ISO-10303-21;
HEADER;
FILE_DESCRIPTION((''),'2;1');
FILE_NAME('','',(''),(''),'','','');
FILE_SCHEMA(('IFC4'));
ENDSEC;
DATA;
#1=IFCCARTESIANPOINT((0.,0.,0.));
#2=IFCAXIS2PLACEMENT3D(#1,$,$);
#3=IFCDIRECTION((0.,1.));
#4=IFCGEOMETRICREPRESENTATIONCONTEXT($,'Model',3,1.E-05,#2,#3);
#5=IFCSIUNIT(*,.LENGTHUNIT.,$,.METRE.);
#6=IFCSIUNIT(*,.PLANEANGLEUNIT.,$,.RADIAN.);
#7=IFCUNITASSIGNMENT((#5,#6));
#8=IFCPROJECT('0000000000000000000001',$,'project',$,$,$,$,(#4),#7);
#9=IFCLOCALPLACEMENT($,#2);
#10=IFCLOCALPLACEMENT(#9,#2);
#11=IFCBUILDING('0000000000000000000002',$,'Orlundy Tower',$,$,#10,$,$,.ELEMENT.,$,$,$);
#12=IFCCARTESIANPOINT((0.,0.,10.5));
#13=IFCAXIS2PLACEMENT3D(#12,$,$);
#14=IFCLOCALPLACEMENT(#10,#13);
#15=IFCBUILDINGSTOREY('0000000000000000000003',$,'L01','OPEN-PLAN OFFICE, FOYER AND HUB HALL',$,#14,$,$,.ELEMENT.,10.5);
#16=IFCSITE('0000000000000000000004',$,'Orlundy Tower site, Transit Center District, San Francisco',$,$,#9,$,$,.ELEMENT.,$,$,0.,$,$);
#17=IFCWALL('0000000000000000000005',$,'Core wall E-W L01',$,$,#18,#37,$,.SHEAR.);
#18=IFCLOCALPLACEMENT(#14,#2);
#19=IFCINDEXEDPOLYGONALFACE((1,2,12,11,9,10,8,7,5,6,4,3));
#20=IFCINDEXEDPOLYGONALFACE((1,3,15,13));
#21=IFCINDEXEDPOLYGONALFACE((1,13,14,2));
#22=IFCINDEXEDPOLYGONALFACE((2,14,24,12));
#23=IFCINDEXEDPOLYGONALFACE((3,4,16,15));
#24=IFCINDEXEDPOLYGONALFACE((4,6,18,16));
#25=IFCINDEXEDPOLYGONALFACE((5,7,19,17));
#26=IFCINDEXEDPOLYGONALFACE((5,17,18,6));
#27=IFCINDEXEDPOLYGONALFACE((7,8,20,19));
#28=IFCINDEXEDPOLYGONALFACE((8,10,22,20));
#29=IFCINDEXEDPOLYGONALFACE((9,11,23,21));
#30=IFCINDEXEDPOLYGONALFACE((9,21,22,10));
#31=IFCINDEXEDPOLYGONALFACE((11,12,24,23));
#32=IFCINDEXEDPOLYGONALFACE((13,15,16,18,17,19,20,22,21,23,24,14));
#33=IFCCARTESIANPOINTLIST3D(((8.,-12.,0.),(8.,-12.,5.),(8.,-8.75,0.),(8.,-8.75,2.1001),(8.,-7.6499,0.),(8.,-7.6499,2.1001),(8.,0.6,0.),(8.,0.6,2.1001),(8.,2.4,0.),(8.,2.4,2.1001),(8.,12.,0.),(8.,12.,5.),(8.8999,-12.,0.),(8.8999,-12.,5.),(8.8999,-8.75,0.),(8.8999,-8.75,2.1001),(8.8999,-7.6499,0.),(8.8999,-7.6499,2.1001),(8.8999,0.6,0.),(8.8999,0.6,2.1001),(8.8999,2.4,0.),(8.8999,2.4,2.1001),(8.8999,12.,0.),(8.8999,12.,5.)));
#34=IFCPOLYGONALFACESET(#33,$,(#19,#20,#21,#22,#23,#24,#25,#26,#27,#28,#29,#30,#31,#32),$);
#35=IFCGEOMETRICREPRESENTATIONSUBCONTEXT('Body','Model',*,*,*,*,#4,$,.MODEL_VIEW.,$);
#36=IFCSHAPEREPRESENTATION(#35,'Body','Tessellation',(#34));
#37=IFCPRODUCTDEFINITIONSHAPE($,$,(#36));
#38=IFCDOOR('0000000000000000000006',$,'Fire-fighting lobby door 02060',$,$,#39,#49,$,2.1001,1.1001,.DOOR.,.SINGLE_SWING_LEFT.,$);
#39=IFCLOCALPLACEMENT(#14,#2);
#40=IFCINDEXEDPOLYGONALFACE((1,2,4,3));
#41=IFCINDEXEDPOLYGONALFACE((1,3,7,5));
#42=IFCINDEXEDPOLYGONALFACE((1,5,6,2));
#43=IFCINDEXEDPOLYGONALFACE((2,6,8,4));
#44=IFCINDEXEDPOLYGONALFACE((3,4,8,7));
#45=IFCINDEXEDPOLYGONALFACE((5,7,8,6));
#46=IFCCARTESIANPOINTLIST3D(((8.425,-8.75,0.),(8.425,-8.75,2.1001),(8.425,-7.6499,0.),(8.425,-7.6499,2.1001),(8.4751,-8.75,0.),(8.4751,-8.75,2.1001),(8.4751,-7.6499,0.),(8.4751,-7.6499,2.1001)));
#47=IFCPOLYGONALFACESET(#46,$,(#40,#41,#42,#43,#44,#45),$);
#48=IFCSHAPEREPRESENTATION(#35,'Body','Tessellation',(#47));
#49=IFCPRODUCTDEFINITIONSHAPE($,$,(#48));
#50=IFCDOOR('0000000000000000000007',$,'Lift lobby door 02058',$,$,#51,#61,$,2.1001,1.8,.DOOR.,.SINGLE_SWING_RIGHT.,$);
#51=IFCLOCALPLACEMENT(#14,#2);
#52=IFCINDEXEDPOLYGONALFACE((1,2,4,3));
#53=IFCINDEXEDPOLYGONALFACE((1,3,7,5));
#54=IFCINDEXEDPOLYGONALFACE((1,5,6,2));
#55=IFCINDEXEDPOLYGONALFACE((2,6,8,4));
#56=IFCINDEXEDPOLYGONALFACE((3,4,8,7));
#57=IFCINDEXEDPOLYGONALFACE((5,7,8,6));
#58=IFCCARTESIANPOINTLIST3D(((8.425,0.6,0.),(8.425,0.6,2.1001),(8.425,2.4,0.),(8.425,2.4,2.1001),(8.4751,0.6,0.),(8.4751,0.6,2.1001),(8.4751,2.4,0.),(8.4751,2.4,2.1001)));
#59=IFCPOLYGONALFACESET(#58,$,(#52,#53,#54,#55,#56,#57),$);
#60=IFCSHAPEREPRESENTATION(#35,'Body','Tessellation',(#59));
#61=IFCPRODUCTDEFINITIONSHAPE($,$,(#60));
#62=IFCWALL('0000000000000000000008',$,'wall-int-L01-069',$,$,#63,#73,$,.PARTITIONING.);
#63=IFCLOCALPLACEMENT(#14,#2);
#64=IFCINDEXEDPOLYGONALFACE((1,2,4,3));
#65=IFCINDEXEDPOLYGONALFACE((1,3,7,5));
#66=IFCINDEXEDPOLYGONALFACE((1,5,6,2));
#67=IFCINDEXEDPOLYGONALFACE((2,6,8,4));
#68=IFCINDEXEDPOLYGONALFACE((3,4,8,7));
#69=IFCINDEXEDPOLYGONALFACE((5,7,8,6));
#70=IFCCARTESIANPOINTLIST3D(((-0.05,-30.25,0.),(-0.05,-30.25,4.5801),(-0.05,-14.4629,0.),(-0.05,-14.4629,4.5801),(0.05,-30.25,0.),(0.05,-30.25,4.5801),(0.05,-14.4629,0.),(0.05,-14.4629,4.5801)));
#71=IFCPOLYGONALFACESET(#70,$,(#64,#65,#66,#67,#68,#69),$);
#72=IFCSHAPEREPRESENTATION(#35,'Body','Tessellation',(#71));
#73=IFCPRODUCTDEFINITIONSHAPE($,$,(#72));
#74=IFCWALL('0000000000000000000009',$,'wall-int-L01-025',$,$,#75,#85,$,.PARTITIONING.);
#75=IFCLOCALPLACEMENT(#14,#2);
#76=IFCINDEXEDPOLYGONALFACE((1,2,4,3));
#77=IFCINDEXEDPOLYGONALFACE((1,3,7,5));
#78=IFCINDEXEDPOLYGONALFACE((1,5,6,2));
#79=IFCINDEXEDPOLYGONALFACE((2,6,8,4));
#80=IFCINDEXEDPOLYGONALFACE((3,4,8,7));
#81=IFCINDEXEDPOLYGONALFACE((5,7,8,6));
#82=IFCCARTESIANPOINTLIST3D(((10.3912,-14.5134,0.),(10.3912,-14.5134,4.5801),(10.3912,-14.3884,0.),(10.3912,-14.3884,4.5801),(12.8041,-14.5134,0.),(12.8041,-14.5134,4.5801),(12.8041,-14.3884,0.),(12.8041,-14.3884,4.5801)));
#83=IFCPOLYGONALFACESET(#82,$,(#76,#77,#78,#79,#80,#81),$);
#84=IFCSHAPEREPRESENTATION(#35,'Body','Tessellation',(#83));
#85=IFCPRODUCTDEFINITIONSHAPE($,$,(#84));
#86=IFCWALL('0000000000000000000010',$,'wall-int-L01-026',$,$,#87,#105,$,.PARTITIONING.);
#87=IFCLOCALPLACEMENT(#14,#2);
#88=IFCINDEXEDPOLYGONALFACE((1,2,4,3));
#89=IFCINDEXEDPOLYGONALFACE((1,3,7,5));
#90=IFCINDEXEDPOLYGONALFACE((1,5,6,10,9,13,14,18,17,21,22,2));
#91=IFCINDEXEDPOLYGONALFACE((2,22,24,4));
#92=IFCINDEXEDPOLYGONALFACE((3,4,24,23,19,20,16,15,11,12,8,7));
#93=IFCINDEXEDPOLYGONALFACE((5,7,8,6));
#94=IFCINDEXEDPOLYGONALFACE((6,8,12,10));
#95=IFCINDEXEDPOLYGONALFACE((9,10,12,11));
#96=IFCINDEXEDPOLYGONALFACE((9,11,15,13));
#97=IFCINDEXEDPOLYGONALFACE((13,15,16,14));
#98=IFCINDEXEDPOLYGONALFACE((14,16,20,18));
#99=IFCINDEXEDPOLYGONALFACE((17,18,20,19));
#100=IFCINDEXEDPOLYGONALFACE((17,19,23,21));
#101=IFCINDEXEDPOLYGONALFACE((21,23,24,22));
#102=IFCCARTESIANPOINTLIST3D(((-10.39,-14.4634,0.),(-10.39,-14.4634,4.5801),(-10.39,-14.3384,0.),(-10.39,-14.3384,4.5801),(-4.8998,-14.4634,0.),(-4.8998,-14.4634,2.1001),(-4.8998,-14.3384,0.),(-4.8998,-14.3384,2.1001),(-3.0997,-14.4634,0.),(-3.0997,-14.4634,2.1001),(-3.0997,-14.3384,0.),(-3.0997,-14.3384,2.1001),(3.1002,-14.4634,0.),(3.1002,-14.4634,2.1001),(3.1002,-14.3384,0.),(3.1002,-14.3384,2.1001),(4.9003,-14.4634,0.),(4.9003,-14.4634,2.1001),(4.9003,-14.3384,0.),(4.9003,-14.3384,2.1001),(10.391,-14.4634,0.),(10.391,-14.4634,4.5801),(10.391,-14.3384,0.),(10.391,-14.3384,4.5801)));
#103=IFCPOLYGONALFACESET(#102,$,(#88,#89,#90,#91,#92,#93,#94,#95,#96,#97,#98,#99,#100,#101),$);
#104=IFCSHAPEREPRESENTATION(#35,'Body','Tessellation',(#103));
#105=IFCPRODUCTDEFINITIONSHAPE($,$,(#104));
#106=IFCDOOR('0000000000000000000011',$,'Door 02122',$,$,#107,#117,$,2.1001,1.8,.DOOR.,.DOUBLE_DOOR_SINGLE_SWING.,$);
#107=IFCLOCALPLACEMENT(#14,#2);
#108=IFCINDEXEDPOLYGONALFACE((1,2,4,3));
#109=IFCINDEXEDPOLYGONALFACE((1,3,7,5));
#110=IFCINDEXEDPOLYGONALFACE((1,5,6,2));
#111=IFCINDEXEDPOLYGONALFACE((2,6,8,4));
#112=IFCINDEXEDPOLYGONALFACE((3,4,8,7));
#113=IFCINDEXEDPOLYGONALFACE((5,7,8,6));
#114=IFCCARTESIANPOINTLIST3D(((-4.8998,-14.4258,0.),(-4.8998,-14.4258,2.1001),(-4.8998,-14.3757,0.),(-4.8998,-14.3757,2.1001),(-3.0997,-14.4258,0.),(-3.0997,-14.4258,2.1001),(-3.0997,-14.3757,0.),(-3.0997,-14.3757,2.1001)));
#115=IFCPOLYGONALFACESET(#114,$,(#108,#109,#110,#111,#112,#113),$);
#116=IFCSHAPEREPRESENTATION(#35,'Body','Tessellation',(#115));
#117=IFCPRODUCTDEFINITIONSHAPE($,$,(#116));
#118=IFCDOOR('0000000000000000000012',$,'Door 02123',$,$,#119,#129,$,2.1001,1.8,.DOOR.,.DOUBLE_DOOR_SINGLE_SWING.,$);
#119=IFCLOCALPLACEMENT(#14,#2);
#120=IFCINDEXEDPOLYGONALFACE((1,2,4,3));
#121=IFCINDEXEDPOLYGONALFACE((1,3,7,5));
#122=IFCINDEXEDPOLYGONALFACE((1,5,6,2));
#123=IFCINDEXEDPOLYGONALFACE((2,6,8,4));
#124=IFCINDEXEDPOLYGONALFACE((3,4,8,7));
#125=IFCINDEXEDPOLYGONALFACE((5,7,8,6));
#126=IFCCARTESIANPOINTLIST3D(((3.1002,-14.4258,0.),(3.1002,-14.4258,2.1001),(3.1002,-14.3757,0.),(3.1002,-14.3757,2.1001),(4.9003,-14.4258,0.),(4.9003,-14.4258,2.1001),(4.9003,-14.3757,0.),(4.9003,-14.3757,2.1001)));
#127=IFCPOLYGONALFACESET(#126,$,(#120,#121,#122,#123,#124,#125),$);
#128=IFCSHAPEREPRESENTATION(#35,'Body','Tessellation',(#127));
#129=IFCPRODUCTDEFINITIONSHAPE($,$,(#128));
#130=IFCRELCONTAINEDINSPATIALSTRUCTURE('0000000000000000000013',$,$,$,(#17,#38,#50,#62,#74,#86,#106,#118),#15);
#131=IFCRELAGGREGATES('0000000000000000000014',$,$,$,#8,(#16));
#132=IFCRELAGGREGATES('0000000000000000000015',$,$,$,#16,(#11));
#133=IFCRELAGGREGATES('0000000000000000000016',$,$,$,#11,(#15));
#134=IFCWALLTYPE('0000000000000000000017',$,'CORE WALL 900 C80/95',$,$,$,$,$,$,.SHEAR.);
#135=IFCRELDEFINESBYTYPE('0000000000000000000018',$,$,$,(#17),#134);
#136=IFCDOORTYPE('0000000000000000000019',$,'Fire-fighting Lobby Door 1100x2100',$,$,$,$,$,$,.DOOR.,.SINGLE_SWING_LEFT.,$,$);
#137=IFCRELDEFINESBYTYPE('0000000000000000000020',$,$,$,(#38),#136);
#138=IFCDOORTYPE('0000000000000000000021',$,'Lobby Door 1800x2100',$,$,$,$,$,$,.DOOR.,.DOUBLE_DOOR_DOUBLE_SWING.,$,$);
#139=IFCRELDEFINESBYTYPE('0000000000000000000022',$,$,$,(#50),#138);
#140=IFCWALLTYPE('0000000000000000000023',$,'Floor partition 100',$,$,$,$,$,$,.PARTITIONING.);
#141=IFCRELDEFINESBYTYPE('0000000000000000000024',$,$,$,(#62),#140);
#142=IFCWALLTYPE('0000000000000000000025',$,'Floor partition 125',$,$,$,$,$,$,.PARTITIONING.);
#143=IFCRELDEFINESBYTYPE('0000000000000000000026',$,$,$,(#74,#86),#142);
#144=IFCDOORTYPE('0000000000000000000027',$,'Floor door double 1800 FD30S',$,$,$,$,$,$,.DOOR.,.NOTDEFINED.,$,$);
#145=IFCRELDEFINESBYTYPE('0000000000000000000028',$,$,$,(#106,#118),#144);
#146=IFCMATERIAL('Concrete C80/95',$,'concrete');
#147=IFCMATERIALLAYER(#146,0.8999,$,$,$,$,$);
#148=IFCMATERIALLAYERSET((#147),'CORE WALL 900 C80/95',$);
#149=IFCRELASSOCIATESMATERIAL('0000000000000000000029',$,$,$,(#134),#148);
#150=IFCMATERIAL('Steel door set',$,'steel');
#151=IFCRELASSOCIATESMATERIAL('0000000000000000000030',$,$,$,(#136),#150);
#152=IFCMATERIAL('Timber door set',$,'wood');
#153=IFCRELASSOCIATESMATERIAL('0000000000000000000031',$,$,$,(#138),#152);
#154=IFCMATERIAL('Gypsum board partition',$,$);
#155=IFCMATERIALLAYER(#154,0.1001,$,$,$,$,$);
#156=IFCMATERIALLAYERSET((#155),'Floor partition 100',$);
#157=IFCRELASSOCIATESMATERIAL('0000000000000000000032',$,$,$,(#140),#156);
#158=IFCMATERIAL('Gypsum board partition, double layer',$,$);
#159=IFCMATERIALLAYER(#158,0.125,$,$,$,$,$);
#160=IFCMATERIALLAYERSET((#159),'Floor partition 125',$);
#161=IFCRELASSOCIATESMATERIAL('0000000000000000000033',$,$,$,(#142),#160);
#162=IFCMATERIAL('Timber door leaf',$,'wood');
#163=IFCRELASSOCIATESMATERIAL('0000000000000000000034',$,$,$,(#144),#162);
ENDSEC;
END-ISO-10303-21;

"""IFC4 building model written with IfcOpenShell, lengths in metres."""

from ifc_helpers import new_model, si_unit, direction, frame, frame_2d, origin, place, context, subcontext, project, spatial, rectangle, extrude, material, layer, layer_set, type_object, element, fill, save


model = new_model("IFC4")

# Units and contexts
model_context = context("Model", 3, precision=1e-05, world=origin(), true_north=direction((0.0, 1.0)))
body_context = subcontext(model_context, "Body", "Model", "MODEL_VIEW")
ifc_project = project(units=[si_unit("LENGTHUNIT", "METRE"), si_unit("PLANEANGLEUNIT", "RADIAN")], contexts=[model_context])

# Site, building, storey
site_placement = place(None, origin())
site = spatial("IfcSite", under=ifc_project, at=site_placement, Name="Orlundy Tower site, Transit Center District, San Francisco", CompositionType="ELEMENT", RefElevation=0.0)
building_placement = place(site_placement, origin())
building = spatial("IfcBuilding", under=site, at=building_placement, Name="Orlundy Tower", CompositionType="ELEMENT")
storey_placement = place(building_placement, frame((0.0, 0.0, 10.5)))
storey = spatial("IfcBuildingStorey", under=building, at=storey_placement, Name="L01", Description="OPEN-PLAN OFFICE, FOYER AND HUB HALL", CompositionType="ELEMENT", Elevation=10.5)

# Wall, openings, doors
ifc_material_1 = material(Name="Concrete C80/95", Category="concrete")
ifc_layer_1 = layer(ifc_material_1, 0.8999)
ifc_layer_set_1 = layer_set([ifc_layer_1], Name="CORE WALL 900 C80/95")
wall_type_1 = type_object("IfcWallType", Name="CORE WALL 900 C80/95", PredefinedType="SHEAR", material=ifc_layer_set_1)
wall_1_placement = place(storey_placement, frame((8.45, -12.0, 0.0), z_axis=(0.0, 0.0, 1.0), x_axis=(0.0, 1.0, 0.0)))
wall_1 = element("IfcWall", 1, at=wall_1_placement, inside=storey, type_object=wall_type_1, Name="Core wall E-W L01", PredefinedType="SHEAR", context=body_context, shape_type="SweptSolid", body=[
    extrude(rectangle(XDim=24.0, YDim=0.8999, at=frame_2d((12.0, 0.0))), origin(), (0.0, 0.0, 1.0), 5.0),
])
opening_1_placement = place(wall_1_placement, frame((12.6001, 0.0, 0.0)))
opening_1 = element("IfcOpeningElement", 2, at=opening_1_placement, cuts=wall_1, PredefinedType="OPENING", context=body_context, shape_type="SweptSolid", body=[
    extrude(rectangle(XDim=1.8, YDim=2.1001, at=frame_2d((0.8999, 1.05))), frame((0.0, 0.46, 0.0), z_axis=(0.0, -1.0, 0.0), x_axis=(1.0, 0.0, 0.0)), (0.0, 0.0, 1.0), 0.9199),
])
opening_2_placement = place(wall_1_placement, frame((3.25, 0.0, 0.0)))
opening_2 = element("IfcOpeningElement", 3, at=opening_2_placement, cuts=wall_1, PredefinedType="OPENING", context=body_context, shape_type="SweptSolid", body=[
    extrude(rectangle(XDim=1.1001, YDim=2.1001, at=frame_2d((0.55, 1.05))), frame((0.0, 0.46, 0.0), z_axis=(0.0, -1.0, 0.0), x_axis=(1.0, 0.0, 0.0)), (0.0, 0.0, 1.0), 0.9199),
])
ifc_material_2 = material(Name="Steel door set", Category="steel")
door_type_1 = type_object("IfcDoorType", Name="Fire-fighting Lobby Door 1100x2100", OperationType="SINGLE_SWING_LEFT", PredefinedType="DOOR", material=ifc_material_2)
door_1_placement = place(opening_2_placement, origin())
door_1 = element("IfcDoor", 4, at=door_1_placement, inside=storey, type_object=door_type_1, Name="Fire-fighting lobby door 02060", OperationType="SINGLE_SWING_LEFT", OverallHeight=2.1001, OverallWidth=1.1001, PredefinedType="DOOR", context=body_context, shape_type="SweptSolid", body=[
    extrude(rectangle(XDim=1.1001, YDim=2.1001, at=frame_2d((0.55, 1.05))), frame((0.0, 0.0249, 0.0), z_axis=(0.0, -1.0, 0.0), x_axis=(1.0, 0.0, 0.0)), (0.0, 0.0, 1.0), 0.05),
])
fill(opening_2, door_1)
ifc_material_3 = material(Name="Timber door set", Category="wood")
door_type_2 = type_object("IfcDoorType", Name="Lobby Door 1800x2100", OperationType="DOUBLE_DOOR_DOUBLE_SWING", PredefinedType="DOOR", material=ifc_material_3)
door_2_placement = place(opening_1_placement, origin())
door_2 = element("IfcDoor", 5, at=door_2_placement, inside=storey, type_object=door_type_2, Name="Lift lobby door 02058", OperationType="SINGLE_SWING_RIGHT", OverallHeight=2.1001, OverallWidth=1.8, PredefinedType="DOOR", context=body_context, shape_type="SweptSolid", body=[
    extrude(rectangle(XDim=1.8, YDim=2.1001, at=frame_2d((0.8999, 1.05))), frame((0.0, 0.0249, 0.0), z_axis=(0.0, -1.0, 0.0), x_axis=(1.0, 0.0, 0.0)), (0.0, 0.0, 1.0), 0.05),
])
fill(opening_1, door_2)

# Walls
ifc_material_4 = material(Name="Gypsum board partition")
ifc_layer_2 = layer(ifc_material_4, 0.1001)
ifc_layer_set_2 = layer_set([ifc_layer_2], Name="Floor partition 100")
wall_type_2 = type_object("IfcWallType", Name="Floor partition 100", PredefinedType="PARTITIONING", material=ifc_layer_set_2)
wall_2_placement = place(storey_placement, frame((0.0, -30.25, 0.0), z_axis=(0.0, 0.0, 1.0), x_axis=(0.0, 1.0, 0.0)))
element("IfcWall", 6, at=wall_2_placement, inside=storey, type_object=wall_type_2, Name="wall-int-L01-069", PredefinedType="PARTITIONING", context=body_context, shape_type="SweptSolid", body=[
    extrude(rectangle(XDim=15.7871, YDim=0.1001, at=frame_2d((7.8936, 0.0))), origin(), (0.0, 0.0, 1.0), 4.5801),
])
ifc_material_5 = material(Name="Gypsum board partition, double layer")
ifc_layer_3 = layer(ifc_material_5, 0.125)
ifc_layer_set_3 = layer_set([ifc_layer_3], Name="Floor partition 125")
wall_type_3 = type_object("IfcWallType", Name="Floor partition 125", PredefinedType="PARTITIONING", material=ifc_layer_set_3)
wall_3_placement = place(storey_placement, frame((10.3911, -14.4509, 0.0), z_axis=(0.0, 0.0, 1.0), x_axis=(1.0, 0.0, 0.0)))
element("IfcWall", 7, at=wall_3_placement, inside=storey, type_object=wall_type_3, Name="wall-int-L01-025", PredefinedType="PARTITIONING", context=body_context, shape_type="SweptSolid", body=[
    extrude(rectangle(XDim=2.4128, YDim=0.125, at=frame_2d((1.2065, 0.0))), origin(), (0.0, 0.0, 1.0), 4.5801),
])

# Wall, openings, doors
wall_4_placement = place(storey_placement, frame((10.3911, -14.4009, 0.0), z_axis=(0.0, 0.0, 1.0), x_axis=(-1.0, 0.0, 0.0)))
wall_4 = element("IfcWall", 8, at=wall_4_placement, inside=storey, type_object=wall_type_3, Name="wall-int-L01-026", PredefinedType="PARTITIONING", context=body_context, shape_type="SweptSolid", body=[
    extrude(rectangle(XDim=20.781, YDim=0.125, at=frame_2d((10.3906, 0.0))), origin(), (0.0, 0.0, 1.0), 4.5801),
])
opening_3_placement = place(wall_4_placement, frame((13.491, 0.0, 0.0)))
opening_3 = element("IfcOpeningElement", 9, at=opening_3_placement, cuts=wall_4, PredefinedType="OPENING", context=body_context, shape_type="SweptSolid", body=[
    extrude(rectangle(XDim=1.8, YDim=2.1001, at=frame_2d((0.8999, 1.05))), frame((0.0, 0.0725, 0.0), z_axis=(0.0, -1.0, 0.0), x_axis=(1.0, 0.0, 0.0)), (0.0, 0.0, 1.0), 0.145),
])
opening_4_placement = place(wall_4_placement, frame((5.491, 0.0, 0.0)))
opening_4 = element("IfcOpeningElement", 10, at=opening_4_placement, cuts=wall_4, PredefinedType="OPENING", context=body_context, shape_type="SweptSolid", body=[
    extrude(rectangle(XDim=1.8, YDim=2.1001, at=frame_2d((0.8999, 1.05))), frame((0.0, 0.0725, 0.0), z_axis=(0.0, -1.0, 0.0), x_axis=(1.0, 0.0, 0.0)), (0.0, 0.0, 1.0), 0.145),
])
ifc_material_6 = material(Name="Timber door leaf", Category="wood")
door_type_3 = type_object("IfcDoorType", Name="Floor door double 1800 FD30S", OperationType="NOTDEFINED", PredefinedType="DOOR", material=ifc_material_6)
door_3_placement = place(opening_3_placement, origin())
door_3 = element("IfcDoor", 11, at=door_3_placement, inside=storey, type_object=door_type_3, Name="Door 02122", OperationType="DOUBLE_DOOR_SINGLE_SWING", OverallHeight=2.1001, OverallWidth=1.8, PredefinedType="DOOR", context=body_context, shape_type="SweptSolid", body=[
    extrude(rectangle(XDim=1.8, YDim=2.1001, at=frame_2d((0.8999, 1.05))), frame((0.0, 0.0249, 0.0), z_axis=(0.0, -1.0, 0.0), x_axis=(1.0, 0.0, 0.0)), (0.0, 0.0, 1.0), 0.05),
])
fill(opening_3, door_3)
door_4_placement = place(opening_4_placement, origin())
door_4 = element("IfcDoor", 12, at=door_4_placement, inside=storey, type_object=door_type_3, Name="Door 02123", OperationType="DOUBLE_DOOR_SINGLE_SWING", OverallHeight=2.1001, OverallWidth=1.8, PredefinedType="DOOR", context=body_context, shape_type="SweptSolid", body=[
    extrude(rectangle(XDim=1.8, YDim=2.1001, at=frame_2d((0.8999, 1.05))), frame((0.0, 0.0249, 0.0), z_axis=(0.0, -1.0, 0.0), x_axis=(1.0, 0.0, 0.0)), (0.0, 0.0, 1.0), 0.05),
])
fill(opening_4, door_4)

save(model, "model.ifc")
